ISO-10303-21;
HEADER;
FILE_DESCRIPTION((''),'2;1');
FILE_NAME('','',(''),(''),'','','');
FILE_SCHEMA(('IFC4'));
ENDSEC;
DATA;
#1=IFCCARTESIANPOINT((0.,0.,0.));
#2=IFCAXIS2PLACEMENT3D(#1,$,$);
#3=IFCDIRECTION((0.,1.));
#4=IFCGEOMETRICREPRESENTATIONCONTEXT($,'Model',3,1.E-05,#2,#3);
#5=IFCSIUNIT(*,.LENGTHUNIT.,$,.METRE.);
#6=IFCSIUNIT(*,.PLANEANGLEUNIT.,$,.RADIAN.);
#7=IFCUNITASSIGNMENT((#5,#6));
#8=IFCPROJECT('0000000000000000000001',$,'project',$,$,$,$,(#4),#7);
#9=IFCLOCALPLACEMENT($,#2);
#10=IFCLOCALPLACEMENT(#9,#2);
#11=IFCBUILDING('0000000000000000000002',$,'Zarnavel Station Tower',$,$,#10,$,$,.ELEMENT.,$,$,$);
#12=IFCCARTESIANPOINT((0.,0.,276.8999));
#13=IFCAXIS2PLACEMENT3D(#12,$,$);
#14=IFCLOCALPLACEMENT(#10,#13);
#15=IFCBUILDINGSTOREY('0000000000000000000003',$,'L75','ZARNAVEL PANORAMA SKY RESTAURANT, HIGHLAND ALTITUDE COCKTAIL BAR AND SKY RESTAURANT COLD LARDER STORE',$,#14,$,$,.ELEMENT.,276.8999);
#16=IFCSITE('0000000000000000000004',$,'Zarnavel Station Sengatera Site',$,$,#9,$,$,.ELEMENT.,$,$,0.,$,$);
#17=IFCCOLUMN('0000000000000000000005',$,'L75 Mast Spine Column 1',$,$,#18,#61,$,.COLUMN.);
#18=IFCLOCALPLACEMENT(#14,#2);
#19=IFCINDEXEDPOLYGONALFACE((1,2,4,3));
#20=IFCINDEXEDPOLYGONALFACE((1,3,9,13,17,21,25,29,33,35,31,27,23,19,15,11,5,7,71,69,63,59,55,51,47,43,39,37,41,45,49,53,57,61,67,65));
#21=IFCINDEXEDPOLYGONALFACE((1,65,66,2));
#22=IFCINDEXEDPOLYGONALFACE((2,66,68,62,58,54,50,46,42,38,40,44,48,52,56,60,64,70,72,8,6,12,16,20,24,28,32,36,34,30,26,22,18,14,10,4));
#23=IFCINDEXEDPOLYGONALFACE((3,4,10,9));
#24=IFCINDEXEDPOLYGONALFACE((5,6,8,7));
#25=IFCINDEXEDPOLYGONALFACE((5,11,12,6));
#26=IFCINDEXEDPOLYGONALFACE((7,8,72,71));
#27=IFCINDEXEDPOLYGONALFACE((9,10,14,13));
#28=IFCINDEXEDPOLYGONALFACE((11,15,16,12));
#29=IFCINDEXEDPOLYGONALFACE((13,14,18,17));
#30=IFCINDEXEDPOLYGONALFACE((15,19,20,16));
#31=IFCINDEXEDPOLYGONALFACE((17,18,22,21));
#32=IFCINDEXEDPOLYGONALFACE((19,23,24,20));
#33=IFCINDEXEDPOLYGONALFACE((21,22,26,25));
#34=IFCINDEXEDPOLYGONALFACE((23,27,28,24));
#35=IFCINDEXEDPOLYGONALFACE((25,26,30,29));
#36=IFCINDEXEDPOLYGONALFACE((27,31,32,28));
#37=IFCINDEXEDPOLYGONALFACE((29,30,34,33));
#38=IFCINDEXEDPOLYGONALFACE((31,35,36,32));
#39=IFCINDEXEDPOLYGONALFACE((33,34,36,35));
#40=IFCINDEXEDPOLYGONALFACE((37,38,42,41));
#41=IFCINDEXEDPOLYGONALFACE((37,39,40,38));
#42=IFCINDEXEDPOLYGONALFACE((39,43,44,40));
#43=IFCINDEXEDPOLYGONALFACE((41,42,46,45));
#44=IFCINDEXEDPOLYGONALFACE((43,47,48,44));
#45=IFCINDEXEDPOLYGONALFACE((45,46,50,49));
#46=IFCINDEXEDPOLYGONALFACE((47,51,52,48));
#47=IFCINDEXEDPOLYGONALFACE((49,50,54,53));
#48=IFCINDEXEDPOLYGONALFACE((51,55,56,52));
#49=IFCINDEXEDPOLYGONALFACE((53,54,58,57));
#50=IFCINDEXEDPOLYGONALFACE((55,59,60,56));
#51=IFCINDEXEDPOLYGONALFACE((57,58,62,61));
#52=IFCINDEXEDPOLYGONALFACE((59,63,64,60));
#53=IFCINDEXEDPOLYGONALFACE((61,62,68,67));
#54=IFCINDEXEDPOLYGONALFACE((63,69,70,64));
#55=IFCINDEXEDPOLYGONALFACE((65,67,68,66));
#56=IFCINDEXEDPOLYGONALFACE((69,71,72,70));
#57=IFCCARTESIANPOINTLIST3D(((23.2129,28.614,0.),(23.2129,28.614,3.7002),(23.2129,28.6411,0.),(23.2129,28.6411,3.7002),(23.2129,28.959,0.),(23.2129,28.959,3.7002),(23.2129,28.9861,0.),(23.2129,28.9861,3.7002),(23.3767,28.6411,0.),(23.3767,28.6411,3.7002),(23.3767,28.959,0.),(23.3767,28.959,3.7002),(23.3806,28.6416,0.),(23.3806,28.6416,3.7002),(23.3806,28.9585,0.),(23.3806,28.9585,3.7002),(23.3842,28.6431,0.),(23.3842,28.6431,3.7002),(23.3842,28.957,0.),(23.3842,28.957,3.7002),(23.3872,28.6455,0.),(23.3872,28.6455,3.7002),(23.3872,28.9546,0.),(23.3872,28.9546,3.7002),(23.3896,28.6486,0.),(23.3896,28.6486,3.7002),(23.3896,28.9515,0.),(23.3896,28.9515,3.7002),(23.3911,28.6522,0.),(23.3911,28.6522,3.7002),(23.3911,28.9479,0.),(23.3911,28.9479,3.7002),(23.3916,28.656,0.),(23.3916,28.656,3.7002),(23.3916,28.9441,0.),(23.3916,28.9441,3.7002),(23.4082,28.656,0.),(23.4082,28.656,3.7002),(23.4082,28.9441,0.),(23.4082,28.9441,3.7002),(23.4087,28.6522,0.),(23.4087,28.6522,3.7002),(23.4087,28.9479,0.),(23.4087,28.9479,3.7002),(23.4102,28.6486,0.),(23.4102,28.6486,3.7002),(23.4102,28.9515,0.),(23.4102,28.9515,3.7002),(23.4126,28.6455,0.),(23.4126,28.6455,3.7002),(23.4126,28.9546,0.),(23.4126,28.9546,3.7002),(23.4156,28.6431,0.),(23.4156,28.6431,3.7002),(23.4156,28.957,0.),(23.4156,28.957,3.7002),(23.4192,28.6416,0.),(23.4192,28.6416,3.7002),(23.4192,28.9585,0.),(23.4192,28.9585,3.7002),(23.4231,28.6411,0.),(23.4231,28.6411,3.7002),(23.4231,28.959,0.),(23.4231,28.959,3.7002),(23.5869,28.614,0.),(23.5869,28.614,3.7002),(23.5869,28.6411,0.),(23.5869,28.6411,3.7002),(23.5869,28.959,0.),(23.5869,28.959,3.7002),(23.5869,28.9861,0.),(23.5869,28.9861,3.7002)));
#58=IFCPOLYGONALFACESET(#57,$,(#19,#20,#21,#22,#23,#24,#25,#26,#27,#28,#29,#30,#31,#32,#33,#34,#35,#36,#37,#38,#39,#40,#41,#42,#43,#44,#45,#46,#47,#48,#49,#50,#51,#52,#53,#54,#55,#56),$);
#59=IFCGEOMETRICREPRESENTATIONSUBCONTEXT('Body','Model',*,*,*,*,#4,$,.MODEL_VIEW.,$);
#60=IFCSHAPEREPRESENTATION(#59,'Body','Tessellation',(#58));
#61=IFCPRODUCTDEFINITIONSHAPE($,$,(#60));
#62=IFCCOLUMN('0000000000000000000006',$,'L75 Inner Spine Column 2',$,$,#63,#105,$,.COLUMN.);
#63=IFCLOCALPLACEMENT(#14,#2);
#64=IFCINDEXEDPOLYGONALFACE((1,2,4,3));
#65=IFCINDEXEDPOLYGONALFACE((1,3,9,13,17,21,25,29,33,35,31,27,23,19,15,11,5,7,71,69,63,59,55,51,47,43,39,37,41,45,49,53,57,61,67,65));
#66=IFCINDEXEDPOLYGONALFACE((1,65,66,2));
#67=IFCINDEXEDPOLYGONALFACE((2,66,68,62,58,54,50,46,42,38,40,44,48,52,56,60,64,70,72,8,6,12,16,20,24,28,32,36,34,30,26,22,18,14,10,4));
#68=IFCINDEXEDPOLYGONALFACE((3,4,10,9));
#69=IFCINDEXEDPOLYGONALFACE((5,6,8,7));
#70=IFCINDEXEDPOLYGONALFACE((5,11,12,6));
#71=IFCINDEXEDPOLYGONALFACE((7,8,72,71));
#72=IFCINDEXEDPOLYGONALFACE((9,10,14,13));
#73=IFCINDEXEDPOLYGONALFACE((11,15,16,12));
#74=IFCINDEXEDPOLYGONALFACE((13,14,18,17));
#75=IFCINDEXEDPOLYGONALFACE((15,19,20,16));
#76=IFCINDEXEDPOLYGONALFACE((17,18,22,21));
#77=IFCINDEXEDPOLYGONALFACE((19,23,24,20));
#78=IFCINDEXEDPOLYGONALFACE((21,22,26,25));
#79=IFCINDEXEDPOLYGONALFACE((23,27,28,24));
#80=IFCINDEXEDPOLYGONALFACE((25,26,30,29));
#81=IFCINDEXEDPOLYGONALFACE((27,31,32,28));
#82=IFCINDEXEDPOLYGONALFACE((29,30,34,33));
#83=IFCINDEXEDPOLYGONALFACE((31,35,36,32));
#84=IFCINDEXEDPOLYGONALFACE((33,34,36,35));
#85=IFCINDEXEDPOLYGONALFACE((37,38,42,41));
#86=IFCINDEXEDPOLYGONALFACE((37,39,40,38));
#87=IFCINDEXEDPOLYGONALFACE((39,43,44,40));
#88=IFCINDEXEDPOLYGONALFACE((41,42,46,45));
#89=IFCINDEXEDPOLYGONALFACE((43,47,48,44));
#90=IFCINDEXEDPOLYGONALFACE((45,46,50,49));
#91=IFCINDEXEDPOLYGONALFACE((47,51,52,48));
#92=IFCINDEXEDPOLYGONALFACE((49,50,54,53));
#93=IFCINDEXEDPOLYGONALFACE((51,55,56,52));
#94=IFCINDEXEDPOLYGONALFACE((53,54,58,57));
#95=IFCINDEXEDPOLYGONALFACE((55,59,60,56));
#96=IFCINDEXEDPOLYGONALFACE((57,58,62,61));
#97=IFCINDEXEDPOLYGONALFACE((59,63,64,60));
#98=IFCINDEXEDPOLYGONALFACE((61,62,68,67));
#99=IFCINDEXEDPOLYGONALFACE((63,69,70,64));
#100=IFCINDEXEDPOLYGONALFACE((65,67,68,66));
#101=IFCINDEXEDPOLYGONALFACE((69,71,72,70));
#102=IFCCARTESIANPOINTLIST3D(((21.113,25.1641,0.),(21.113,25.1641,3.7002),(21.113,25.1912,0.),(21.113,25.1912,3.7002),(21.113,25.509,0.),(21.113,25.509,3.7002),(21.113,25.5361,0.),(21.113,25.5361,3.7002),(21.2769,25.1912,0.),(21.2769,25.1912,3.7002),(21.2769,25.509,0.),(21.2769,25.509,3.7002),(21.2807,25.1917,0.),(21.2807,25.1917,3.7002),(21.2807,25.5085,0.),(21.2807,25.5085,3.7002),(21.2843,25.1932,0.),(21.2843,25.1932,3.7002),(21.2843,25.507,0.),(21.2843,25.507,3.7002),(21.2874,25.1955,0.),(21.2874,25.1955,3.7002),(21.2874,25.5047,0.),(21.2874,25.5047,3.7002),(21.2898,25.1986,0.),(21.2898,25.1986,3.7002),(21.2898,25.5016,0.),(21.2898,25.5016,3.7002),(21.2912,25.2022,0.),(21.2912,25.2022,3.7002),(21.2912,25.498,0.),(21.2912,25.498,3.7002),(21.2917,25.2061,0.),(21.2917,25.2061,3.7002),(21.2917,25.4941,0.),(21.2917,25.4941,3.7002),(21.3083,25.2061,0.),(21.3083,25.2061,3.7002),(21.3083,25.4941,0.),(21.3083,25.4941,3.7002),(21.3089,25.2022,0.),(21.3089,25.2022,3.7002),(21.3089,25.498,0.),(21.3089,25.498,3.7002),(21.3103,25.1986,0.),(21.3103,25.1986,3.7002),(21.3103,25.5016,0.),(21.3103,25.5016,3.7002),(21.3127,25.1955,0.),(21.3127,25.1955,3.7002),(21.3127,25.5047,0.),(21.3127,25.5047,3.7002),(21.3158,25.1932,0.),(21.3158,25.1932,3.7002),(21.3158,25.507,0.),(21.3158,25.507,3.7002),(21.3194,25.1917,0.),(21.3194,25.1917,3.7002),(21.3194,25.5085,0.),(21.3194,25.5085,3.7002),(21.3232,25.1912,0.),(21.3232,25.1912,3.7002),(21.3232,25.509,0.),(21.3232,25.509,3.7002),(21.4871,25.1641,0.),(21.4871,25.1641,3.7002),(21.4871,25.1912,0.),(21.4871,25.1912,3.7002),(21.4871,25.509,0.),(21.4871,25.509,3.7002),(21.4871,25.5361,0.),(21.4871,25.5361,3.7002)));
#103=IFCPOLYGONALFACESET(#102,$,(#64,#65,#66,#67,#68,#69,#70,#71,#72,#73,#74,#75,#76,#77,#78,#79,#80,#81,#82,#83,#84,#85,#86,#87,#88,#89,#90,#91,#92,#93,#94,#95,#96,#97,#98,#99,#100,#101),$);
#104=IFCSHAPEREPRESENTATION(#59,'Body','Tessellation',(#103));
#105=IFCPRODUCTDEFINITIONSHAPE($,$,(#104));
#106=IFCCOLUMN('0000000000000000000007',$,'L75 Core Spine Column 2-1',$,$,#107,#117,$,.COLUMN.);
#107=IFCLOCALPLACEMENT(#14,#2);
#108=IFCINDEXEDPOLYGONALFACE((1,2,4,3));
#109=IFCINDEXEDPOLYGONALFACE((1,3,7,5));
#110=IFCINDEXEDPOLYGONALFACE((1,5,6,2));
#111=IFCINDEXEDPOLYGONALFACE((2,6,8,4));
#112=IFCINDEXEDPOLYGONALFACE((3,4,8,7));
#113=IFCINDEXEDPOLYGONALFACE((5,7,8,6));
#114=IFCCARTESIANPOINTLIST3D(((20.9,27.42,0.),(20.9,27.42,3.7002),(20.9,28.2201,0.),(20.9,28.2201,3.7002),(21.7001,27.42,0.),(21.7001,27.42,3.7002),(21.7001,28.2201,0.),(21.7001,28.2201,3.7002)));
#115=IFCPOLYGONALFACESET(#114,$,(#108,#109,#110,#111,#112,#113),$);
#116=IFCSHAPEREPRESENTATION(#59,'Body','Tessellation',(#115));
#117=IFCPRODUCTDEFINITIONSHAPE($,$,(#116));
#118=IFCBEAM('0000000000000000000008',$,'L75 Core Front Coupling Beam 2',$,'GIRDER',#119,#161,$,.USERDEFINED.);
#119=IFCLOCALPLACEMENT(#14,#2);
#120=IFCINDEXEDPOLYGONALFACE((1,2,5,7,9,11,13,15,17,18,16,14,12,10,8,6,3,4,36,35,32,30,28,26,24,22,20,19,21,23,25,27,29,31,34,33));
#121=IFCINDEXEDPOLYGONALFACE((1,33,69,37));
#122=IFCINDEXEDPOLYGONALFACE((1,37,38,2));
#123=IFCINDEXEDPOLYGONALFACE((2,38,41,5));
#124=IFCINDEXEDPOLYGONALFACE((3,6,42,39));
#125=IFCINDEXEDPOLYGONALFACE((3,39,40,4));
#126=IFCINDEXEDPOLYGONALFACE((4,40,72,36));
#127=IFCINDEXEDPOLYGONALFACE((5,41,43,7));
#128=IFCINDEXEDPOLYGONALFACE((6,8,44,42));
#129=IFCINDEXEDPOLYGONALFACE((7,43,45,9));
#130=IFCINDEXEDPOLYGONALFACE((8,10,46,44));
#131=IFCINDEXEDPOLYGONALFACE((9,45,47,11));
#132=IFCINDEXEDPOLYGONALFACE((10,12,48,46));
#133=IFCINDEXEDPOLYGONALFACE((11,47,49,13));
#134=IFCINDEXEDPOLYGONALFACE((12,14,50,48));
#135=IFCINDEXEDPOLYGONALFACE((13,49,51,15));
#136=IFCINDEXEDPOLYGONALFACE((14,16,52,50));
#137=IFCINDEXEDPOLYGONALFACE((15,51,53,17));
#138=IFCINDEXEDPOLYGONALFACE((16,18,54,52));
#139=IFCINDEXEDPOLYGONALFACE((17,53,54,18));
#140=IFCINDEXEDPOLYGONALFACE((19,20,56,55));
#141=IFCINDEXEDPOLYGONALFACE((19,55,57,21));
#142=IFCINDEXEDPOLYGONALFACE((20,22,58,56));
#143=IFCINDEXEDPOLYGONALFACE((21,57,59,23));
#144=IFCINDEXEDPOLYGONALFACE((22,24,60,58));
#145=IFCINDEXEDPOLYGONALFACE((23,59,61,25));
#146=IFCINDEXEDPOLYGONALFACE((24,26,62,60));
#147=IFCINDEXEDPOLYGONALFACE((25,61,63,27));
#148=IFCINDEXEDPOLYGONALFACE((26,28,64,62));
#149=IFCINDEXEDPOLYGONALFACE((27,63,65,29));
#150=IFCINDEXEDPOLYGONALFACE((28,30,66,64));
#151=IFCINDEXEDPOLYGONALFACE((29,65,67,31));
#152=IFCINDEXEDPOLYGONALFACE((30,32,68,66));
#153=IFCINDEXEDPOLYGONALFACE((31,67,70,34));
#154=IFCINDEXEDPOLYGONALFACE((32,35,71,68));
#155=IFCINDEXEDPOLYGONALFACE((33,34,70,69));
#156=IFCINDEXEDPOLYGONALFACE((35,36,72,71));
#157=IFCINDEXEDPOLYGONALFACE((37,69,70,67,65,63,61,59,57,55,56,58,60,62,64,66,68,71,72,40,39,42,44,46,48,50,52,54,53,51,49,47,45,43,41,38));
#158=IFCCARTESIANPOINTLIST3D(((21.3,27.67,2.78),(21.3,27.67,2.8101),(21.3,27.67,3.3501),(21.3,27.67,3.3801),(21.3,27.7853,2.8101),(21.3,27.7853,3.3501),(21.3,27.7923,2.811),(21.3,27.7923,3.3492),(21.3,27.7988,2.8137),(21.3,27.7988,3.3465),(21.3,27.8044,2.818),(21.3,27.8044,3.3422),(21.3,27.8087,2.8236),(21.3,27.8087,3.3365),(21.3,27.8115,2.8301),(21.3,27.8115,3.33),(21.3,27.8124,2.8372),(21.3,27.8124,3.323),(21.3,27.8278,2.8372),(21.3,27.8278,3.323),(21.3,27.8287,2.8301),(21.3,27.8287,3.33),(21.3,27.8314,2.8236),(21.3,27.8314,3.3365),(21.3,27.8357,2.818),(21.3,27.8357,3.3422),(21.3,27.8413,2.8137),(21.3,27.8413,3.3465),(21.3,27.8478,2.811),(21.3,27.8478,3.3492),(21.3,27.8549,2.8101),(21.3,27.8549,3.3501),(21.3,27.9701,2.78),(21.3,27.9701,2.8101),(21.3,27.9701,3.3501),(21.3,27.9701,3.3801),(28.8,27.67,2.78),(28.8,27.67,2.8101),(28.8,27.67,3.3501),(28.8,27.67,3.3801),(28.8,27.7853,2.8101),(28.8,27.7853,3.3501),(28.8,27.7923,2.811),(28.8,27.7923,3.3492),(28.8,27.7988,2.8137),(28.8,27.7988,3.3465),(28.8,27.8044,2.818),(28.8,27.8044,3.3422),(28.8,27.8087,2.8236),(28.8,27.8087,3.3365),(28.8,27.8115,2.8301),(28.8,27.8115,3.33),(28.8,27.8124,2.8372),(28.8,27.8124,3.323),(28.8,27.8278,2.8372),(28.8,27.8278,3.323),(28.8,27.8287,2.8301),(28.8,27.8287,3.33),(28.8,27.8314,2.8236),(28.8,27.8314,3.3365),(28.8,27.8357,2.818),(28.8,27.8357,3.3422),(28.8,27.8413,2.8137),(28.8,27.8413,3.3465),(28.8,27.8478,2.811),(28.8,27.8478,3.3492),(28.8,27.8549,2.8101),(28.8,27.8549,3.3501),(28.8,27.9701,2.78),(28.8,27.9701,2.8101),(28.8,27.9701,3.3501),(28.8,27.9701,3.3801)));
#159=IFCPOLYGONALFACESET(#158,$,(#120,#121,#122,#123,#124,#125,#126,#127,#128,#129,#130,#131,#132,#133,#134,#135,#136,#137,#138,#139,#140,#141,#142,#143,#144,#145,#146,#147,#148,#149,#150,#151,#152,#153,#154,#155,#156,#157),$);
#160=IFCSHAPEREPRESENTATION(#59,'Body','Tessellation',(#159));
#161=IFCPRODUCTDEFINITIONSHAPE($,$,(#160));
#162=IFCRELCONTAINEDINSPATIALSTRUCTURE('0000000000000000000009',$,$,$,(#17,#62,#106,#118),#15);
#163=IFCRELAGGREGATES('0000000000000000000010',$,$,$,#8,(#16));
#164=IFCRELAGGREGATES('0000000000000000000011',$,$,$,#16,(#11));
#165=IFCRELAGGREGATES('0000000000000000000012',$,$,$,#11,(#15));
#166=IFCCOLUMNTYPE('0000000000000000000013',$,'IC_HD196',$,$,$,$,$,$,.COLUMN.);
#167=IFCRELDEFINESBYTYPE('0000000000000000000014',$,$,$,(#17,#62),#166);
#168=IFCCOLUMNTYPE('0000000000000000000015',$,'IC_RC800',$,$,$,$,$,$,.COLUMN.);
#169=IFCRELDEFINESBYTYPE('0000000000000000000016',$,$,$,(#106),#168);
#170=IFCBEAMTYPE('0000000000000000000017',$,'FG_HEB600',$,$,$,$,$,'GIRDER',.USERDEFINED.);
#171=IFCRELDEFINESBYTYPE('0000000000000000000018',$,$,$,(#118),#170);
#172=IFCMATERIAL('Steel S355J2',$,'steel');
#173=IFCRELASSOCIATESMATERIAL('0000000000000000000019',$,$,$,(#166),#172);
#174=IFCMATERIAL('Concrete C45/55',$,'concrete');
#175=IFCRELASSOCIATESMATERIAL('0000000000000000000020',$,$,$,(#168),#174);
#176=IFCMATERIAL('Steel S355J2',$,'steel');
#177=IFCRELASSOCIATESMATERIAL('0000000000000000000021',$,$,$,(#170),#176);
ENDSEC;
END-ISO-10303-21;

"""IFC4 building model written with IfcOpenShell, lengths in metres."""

from ifc_helpers import new_model, si_unit, direction, frame, origin, origin_2d, place, context, subcontext, project, spatial, rectangle, i_section, extrude, material, material_profile, profile_set, type_object, element, save


model = new_model("IFC4")

# Units and contexts
model_context = context("Model", 3, precision=1e-05, world=origin(), true_north=direction((0.0, 1.0)))
body_context = subcontext(model_context, "Body", "Model", "MODEL_VIEW")
ifc_project = project(units=[si_unit("LENGTHUNIT", "METRE"), si_unit("PLANEANGLEUNIT", "RADIAN")], contexts=[model_context])

# Site, building, storey
site_placement = place(None, origin())
site = spatial("IfcSite", under=ifc_project, at=site_placement, Name="Zarnavel Station Sengatera Site", CompositionType="ELEMENT", RefElevation=0.0)
building_placement = place(site_placement, origin())
building = spatial("IfcBuilding", under=site, at=building_placement, Name="Zarnavel Station Tower", CompositionType="ELEMENT")
storey_placement = place(building_placement, frame((0.0, 0.0, 276.8999)))
storey = spatial("IfcBuildingStorey", under=building, at=storey_placement, Name="L75", Description="ZARNAVEL PANORAMA SKY RESTAURANT, HIGHLAND ALTITUDE COCKTAIL BAR AND SKY RESTAURANT COLD LARDER STORE", CompositionType="ELEMENT", Elevation=276.8999)

# Columns
ifc_material_1 = material(Name="Steel S355J2", Category="steel")
ifc_material_profile_1 = material_profile(ifc_material_1, i_section(OverallWidth=0.374, OverallDepth=0.3721, WebThickness=0.0166, FlangeThickness=0.0271, FilletRadius=0.0149, at=origin_2d()), Name="HD360x196")
ifc_profile_set_1 = profile_set([ifc_material_profile_1], Name="Steel S355J2")
column_type_1 = type_object("IfcColumnType", Name="IC_HD196", PredefinedType="COLUMN", material=ifc_profile_set_1)
for number, where, z_axis, x_axis, name in (
    (1, (23.3999, 28.8, 0.0), (0.0, 0.0, 1.0), (1.0, 0.0, 0.0), "L75 Mast Spine Column 1"),
    (2, (21.3, 25.3501, 0.0), (0.0, 0.0, 1.0), (1.0, 0.0, 0.0), "L75 Inner Spine Column 2"),
):
    element("IfcColumn", number, at=place(storey_placement, frame(where, z_axis=z_axis, x_axis=x_axis)), inside=storey, type_object=column_type_1, Name=name, PredefinedType="COLUMN", context=body_context, shape_type="SweptSolid", body=[
        extrude(i_section(OverallWidth=0.374, OverallDepth=0.3721, WebThickness=0.0166, FlangeThickness=0.0271, FilletRadius=0.0149, at=origin_2d()), origin(), (0.0, 0.0, 1.0), 3.7002),
    ])
ifc_material_2 = material(Name="Concrete C45/55", Category="concrete")
ifc_material_profile_2 = material_profile(ifc_material_2, rectangle(XDim=0.8, YDim=0.8, at=origin_2d()), Name="RC800x800")
ifc_profile_set_2 = profile_set([ifc_material_profile_2], Name="Concrete C45/55")
column_type_2 = type_object("IfcColumnType", Name="IC_RC800", PredefinedType="COLUMN", material=ifc_profile_set_2)
column_placement = place(storey_placement, frame((21.3, 27.8201, 0.0), z_axis=(0.0, 0.0, 1.0), x_axis=(1.0, 0.0, 0.0)))
element("IfcColumn", 3, at=column_placement, inside=storey, type_object=column_type_2, Name="L75 Core Spine Column 2-1", PredefinedType="COLUMN", context=body_context, shape_type="SweptSolid", body=[
    extrude(rectangle(XDim=0.8, YDim=0.8, at=origin_2d()), origin(), (0.0, 0.0, 1.0), 3.7002),
])

# Beam
ifc_material_3 = material(Name="Steel S355J2", Category="steel")
ifc_material_profile_3 = material_profile(ifc_material_3, i_section(OverallWidth=0.3, OverallDepth=0.6001, WebThickness=0.0154, FlangeThickness=0.03, FilletRadius=0.0271, at=origin_2d()), Name="HEB600")
ifc_profile_set_3 = profile_set([ifc_material_profile_3], Name="Steel S355J2")
beam_type_1 = type_object("IfcBeamType", Name="FG_HEB600", ElementType="GIRDER", PredefinedType="USERDEFINED", material=ifc_profile_set_3)
beam_1_placement = place(storey_placement, frame((21.3, 27.8201, 3.0801), z_axis=(1.0, 0.0, 0.0), x_axis=(0.0, 1.0, 0.0)))
element("IfcBeam", 4, at=beam_1_placement, inside=storey, type_object=beam_type_1, Name="L75 Core Front Coupling Beam 2", ObjectType="GIRDER", PredefinedType="USERDEFINED", context=body_context, shape_type="SweptSolid", body=[
    extrude(i_section(OverallWidth=0.3, OverallDepth=0.6001, WebThickness=0.0154, FlangeThickness=0.03, FilletRadius=0.0271, at=origin_2d()), origin(), (0.0, 0.0, 1.0), 7.5),
])

save(model, "model.ifc")
